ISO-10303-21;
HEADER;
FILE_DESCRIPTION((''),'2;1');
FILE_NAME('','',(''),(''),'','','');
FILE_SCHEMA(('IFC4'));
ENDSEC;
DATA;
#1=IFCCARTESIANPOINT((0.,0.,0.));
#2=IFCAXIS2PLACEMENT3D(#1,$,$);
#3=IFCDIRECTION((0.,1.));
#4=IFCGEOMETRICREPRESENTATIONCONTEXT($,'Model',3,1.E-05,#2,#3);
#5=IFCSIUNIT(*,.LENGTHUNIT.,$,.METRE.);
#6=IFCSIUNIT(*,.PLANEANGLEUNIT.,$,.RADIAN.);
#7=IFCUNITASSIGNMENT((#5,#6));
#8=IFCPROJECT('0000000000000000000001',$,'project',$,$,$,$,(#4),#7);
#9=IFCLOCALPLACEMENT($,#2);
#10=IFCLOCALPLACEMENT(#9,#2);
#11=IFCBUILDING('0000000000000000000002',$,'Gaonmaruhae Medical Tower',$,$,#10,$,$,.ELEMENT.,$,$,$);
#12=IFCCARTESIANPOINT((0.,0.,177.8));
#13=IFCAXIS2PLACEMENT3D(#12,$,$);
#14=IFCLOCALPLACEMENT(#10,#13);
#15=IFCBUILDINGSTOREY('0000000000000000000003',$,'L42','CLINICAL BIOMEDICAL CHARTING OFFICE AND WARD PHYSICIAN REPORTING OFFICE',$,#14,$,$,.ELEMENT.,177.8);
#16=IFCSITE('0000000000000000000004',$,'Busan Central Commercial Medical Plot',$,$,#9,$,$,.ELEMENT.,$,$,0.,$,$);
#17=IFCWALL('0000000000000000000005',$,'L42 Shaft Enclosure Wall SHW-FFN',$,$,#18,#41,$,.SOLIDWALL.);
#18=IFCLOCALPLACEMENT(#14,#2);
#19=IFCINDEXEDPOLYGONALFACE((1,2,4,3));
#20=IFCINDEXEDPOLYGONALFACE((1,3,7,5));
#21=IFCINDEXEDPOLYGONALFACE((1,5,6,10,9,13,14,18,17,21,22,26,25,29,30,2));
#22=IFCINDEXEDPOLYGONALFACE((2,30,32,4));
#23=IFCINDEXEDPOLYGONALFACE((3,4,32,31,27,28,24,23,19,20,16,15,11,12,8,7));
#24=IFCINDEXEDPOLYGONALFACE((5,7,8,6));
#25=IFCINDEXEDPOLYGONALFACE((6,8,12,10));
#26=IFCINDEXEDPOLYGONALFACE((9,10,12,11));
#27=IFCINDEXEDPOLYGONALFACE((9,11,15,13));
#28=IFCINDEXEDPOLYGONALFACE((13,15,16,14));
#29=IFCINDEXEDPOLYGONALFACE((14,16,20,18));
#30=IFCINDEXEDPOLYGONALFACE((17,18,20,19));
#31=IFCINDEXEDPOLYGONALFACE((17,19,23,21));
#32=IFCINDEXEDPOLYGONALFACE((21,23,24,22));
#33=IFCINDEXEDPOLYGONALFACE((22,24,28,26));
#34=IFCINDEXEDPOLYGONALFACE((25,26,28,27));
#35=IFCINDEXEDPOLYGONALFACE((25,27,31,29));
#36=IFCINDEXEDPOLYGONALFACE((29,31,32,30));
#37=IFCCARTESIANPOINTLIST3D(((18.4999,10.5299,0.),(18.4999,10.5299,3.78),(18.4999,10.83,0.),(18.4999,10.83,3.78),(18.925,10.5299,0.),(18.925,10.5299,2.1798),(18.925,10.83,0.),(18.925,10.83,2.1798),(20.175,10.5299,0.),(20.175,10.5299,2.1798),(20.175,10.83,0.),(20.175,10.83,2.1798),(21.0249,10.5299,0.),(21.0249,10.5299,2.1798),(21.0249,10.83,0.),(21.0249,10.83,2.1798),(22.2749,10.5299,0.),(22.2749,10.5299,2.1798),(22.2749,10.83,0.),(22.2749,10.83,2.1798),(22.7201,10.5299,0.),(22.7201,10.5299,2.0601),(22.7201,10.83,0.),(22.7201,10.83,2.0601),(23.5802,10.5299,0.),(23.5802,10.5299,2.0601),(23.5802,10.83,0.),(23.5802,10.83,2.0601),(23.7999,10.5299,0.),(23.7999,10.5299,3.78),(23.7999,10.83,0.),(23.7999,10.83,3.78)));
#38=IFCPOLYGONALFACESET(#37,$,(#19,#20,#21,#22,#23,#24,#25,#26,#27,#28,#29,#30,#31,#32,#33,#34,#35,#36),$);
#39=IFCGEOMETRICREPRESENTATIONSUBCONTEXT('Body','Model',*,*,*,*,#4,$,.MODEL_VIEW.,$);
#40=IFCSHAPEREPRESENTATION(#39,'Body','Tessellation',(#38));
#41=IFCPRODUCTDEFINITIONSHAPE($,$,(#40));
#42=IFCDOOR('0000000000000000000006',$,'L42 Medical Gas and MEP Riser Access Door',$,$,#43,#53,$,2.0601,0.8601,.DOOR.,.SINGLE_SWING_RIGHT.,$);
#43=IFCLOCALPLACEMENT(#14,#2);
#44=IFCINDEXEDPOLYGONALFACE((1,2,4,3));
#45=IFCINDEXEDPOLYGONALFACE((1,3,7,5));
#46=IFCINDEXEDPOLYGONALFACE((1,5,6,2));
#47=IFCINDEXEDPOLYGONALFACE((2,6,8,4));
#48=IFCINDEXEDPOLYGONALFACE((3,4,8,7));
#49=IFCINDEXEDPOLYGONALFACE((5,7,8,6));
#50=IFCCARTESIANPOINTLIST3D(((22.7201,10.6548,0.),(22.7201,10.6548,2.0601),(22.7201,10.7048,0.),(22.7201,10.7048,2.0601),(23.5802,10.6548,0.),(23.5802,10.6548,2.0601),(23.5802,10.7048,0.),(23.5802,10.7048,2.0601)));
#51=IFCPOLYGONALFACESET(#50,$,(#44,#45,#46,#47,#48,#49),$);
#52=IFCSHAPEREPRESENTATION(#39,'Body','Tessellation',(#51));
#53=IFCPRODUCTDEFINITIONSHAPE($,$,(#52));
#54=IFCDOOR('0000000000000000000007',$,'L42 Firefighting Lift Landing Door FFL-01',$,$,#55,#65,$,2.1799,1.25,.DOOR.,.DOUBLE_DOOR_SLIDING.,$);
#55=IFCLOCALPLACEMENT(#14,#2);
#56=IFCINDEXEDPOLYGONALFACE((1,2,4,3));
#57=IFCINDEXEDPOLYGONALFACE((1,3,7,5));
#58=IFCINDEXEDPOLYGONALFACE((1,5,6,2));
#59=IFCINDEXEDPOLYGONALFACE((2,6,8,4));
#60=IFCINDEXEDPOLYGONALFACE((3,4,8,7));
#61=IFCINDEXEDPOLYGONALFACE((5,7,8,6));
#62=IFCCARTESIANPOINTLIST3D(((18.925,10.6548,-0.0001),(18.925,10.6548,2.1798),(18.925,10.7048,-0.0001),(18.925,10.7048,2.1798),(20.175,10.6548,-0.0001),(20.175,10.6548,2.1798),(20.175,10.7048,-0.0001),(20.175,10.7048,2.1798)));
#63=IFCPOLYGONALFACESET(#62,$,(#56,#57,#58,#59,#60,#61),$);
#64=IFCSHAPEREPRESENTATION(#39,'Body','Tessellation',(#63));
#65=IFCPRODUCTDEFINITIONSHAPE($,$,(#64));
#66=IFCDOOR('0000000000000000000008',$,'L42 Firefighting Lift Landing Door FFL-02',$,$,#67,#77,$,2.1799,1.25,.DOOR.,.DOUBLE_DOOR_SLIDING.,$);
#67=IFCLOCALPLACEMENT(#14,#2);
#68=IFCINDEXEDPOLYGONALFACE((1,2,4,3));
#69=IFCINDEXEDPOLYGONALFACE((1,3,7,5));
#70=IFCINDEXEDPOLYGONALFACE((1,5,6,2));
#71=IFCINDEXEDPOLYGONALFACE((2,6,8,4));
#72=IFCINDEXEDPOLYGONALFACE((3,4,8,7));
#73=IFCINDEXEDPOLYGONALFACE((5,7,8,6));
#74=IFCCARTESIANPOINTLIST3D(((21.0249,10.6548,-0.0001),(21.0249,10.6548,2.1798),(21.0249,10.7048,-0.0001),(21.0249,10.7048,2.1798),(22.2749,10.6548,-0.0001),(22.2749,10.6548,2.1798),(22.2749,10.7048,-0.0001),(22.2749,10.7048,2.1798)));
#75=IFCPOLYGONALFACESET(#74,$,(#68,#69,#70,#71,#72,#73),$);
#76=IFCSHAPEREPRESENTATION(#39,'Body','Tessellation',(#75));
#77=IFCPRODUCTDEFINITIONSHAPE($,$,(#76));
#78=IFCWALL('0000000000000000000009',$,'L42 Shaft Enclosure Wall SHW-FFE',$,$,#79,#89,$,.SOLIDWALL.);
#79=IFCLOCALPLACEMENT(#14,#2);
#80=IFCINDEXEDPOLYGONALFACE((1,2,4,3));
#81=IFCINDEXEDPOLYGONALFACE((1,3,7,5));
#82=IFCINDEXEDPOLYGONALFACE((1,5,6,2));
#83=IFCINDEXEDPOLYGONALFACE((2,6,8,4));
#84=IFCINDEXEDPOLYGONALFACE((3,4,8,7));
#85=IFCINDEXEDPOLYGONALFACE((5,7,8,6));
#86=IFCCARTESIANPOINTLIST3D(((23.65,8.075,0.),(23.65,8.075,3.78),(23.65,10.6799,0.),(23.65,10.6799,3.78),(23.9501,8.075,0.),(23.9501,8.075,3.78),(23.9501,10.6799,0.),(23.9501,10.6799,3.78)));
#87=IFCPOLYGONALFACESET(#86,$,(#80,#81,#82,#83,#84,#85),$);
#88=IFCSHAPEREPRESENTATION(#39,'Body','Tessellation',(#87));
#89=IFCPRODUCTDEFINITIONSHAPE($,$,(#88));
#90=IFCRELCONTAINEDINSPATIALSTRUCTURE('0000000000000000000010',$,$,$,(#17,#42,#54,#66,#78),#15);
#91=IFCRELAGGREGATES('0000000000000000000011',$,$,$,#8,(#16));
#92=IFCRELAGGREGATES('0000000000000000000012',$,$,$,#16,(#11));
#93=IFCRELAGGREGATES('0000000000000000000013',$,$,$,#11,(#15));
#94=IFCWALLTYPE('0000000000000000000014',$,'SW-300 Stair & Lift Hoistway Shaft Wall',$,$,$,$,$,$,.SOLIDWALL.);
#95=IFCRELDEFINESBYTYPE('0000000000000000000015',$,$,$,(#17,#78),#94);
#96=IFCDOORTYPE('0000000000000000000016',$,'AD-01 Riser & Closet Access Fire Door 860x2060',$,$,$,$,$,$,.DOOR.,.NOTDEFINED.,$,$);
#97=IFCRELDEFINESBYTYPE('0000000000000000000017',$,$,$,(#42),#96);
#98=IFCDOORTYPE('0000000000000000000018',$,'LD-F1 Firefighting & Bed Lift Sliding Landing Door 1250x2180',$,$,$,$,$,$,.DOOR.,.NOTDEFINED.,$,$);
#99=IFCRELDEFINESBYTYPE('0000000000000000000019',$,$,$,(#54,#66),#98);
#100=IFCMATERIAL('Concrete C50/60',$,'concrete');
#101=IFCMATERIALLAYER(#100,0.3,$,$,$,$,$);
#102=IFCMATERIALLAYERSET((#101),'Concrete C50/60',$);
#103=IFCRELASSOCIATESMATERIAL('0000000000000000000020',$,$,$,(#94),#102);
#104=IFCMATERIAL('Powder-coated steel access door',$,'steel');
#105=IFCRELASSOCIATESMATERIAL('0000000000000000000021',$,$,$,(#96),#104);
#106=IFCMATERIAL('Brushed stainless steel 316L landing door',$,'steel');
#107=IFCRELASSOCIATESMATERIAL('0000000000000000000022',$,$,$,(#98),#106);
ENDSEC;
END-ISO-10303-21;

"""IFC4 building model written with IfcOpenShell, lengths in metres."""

from ifc_helpers import new_model, si_unit, direction, frame, frame_2d, origin, place, context, subcontext, project, spatial, rectangle, extrude, material, layer, layer_set, type_object, element, fill, save


model = new_model("IFC4")

# Units and contexts
model_context = context("Model", 3, precision=1e-05, world=origin(), true_north=direction((0.0, 1.0)))
body_context = subcontext(model_context, "Body", "Model", "MODEL_VIEW")
ifc_project = project(units=[si_unit("LENGTHUNIT", "METRE"), si_unit("PLANEANGLEUNIT", "RADIAN")], contexts=[model_context])

# Site, building, storey
site_placement = place(None, origin())
site = spatial("IfcSite", under=ifc_project, at=site_placement, Name="Busan Central Commercial Medical Plot", CompositionType="ELEMENT", RefElevation=0.0)
building_placement = place(site_placement, origin())
building = spatial("IfcBuilding", under=site, at=building_placement, Name="Gaonmaruhae Medical Tower", CompositionType="ELEMENT")
storey_placement = place(building_placement, frame((0.0, 0.0, 177.8)))
storey = spatial("IfcBuildingStorey", under=building, at=storey_placement, Name="L42", Description="CLINICAL BIOMEDICAL CHARTING OFFICE AND WARD PHYSICIAN REPORTING OFFICE", CompositionType="ELEMENT", Elevation=177.8)

# Shared definitions
ifc_material_1 = material(Name="Concrete C50/60", Category="concrete")

# Wall, openings, doors
ifc_layer_1 = layer(ifc_material_1, 0.3)
ifc_layer_set_1 = layer_set([ifc_layer_1], Name="Concrete C50/60")
wall_type_1 = type_object("IfcWallType", Name="SW-300 Stair & Lift Hoistway Shaft Wall", PredefinedType="SOLIDWALL", material=ifc_layer_set_1)
wall_1_placement = place(storey_placement, frame((18.5, 10.6799, 0.0), z_axis=(0.0, 0.0, 1.0), x_axis=(1.0, 0.0, 0.0)))
wall_1 = element("IfcWall", 1, at=wall_1_placement, inside=storey, type_object=wall_type_1, Name="L42 Shaft Enclosure Wall SHW-FFN", PredefinedType="SOLIDWALL", context=body_context, shape_type="SweptSolid", body=[
    extrude(rectangle(XDim=5.3, YDim=0.3, at=frame_2d((2.6499, 0.0))), origin(), (0.0, 0.0, 1.0), 3.78),
])
opening_1_placement = place(wall_1_placement, frame((4.22, 0.0, 0.0)))
opening_1 = element("IfcOpeningElement", 2, at=opening_1_placement, cuts=wall_1, PredefinedType="OPENING", context=body_context, shape_type="SweptSolid", body=[
    extrude(rectangle(XDim=0.8601, YDim=2.0601, at=frame_2d((0.4302, 1.03))), frame((0.0, 0.1602, 0.0), z_axis=(0.0, -1.0, 0.0), x_axis=(1.0, 0.0, 0.0)), (0.0, 0.0, 1.0), 0.3201),
])
opening_2_placement = place(wall_1_placement, frame((0.425, 0.0, 0.0)))
opening_2 = element("IfcOpeningElement", 3, at=opening_2_placement, cuts=wall_1, PredefinedType="OPENING", context=body_context, shape_type="SweptSolid", body=[
    extrude(rectangle(XDim=1.25, YDim=2.1799, at=frame_2d((0.625, 1.0898))), frame((0.0, 0.1602, 0.0), z_axis=(0.0, -1.0, 0.0), x_axis=(1.0, 0.0, 0.0)), (0.0, 0.0, 1.0), 0.3201),
])
opening_3_placement = place(wall_1_placement, frame((2.5249, 0.0, 0.0)))
opening_3 = element("IfcOpeningElement", 4, at=opening_3_placement, cuts=wall_1, PredefinedType="OPENING", context=body_context, shape_type="SweptSolid", body=[
    extrude(rectangle(XDim=1.25, YDim=2.1799, at=frame_2d((0.625, 1.0898))), frame((0.0, 0.1602, 0.0), z_axis=(0.0, -1.0, 0.0), x_axis=(1.0, 0.0, 0.0)), (0.0, 0.0, 1.0), 0.3201),
])
ifc_material_2 = material(Name="Powder-coated steel access door", Category="steel")
door_type_1 = type_object("IfcDoorType", Name="AD-01 Riser & Closet Access Fire Door 860x2060", OperationType="NOTDEFINED", PredefinedType="DOOR", material=ifc_material_2)
door_1_placement = place(opening_1_placement, origin())
door_1 = element("IfcDoor", 5, at=door_1_placement, inside=storey, type_object=door_type_1, Name="L42 Medical Gas and MEP Riser Access Door", OperationType="SINGLE_SWING_RIGHT", OverallHeight=2.0601, OverallWidth=0.8601, PredefinedType="DOOR", context=body_context, shape_type="SweptSolid", body=[
    extrude(rectangle(XDim=0.8601, YDim=2.0601, at=frame_2d((0.4302, 1.03))), frame((0.0, 0.0249, 0.0), z_axis=(0.0, -1.0, 0.0), x_axis=(1.0, 0.0, 0.0)), (0.0, 0.0, 1.0), 0.05),
])
fill(opening_1, door_1)
ifc_material_3 = material(Name="Brushed stainless steel 316L landing door", Category="steel")
door_type_2 = type_object("IfcDoorType", Name="LD-F1 Firefighting & Bed Lift Sliding Landing Door 1250x2180", OperationType="NOTDEFINED", PredefinedType="DOOR", material=ifc_material_3)
door_2_placement = place(opening_2_placement, origin())
door_2 = element("IfcDoor", 6, at=door_2_placement, inside=storey, type_object=door_type_2, Name="L42 Firefighting Lift Landing Door FFL-01", OperationType="DOUBLE_DOOR_SLIDING", OverallHeight=2.1799, OverallWidth=1.25, PredefinedType="DOOR", context=body_context, shape_type="SweptSolid", body=[
    extrude(rectangle(XDim=1.25, YDim=2.1799, at=frame_2d((0.625, 1.0898))), frame((0.0, 0.0249, 0.0), z_axis=(0.0, -1.0, 0.0), x_axis=(1.0, 0.0, 0.0)), (0.0, 0.0, 1.0), 0.05),
])
fill(opening_2, door_2)
door_3_placement = place(opening_3_placement, origin())
door_3 = element("IfcDoor", 7, at=door_3_placement, inside=storey, type_object=door_type_2, Name="L42 Firefighting Lift Landing Door FFL-02", OperationType="DOUBLE_DOOR_SLIDING", OverallHeight=2.1799, OverallWidth=1.25, PredefinedType="DOOR", context=body_context, shape_type="SweptSolid", body=[
    extrude(rectangle(XDim=1.25, YDim=2.1799, at=frame_2d((0.625, 1.0898))), frame((0.0, 0.0249, 0.0), z_axis=(0.0, -1.0, 0.0), x_axis=(1.0, 0.0, 0.0)), (0.0, 0.0, 1.0), 0.05),
])
fill(opening_3, door_3)

# Wall
wall_2_placement = place(storey_placement, frame((23.8, 8.075, 0.0), z_axis=(0.0, 0.0, 1.0), x_axis=(0.0, 1.0, 0.0)))
element("IfcWall", 8, at=wall_2_placement, inside=storey, type_object=wall_type_1, Name="L42 Shaft Enclosure Wall SHW-FFE", PredefinedType="SOLIDWALL", context=body_context, shape_type="SweptSolid", body=[
    extrude(rectangle(XDim=2.605, YDim=0.3, at=frame_2d((1.3025, 0.0))), origin(), (0.0, 0.0, 1.0), 3.78),
])

save(model, "model.ifc")
